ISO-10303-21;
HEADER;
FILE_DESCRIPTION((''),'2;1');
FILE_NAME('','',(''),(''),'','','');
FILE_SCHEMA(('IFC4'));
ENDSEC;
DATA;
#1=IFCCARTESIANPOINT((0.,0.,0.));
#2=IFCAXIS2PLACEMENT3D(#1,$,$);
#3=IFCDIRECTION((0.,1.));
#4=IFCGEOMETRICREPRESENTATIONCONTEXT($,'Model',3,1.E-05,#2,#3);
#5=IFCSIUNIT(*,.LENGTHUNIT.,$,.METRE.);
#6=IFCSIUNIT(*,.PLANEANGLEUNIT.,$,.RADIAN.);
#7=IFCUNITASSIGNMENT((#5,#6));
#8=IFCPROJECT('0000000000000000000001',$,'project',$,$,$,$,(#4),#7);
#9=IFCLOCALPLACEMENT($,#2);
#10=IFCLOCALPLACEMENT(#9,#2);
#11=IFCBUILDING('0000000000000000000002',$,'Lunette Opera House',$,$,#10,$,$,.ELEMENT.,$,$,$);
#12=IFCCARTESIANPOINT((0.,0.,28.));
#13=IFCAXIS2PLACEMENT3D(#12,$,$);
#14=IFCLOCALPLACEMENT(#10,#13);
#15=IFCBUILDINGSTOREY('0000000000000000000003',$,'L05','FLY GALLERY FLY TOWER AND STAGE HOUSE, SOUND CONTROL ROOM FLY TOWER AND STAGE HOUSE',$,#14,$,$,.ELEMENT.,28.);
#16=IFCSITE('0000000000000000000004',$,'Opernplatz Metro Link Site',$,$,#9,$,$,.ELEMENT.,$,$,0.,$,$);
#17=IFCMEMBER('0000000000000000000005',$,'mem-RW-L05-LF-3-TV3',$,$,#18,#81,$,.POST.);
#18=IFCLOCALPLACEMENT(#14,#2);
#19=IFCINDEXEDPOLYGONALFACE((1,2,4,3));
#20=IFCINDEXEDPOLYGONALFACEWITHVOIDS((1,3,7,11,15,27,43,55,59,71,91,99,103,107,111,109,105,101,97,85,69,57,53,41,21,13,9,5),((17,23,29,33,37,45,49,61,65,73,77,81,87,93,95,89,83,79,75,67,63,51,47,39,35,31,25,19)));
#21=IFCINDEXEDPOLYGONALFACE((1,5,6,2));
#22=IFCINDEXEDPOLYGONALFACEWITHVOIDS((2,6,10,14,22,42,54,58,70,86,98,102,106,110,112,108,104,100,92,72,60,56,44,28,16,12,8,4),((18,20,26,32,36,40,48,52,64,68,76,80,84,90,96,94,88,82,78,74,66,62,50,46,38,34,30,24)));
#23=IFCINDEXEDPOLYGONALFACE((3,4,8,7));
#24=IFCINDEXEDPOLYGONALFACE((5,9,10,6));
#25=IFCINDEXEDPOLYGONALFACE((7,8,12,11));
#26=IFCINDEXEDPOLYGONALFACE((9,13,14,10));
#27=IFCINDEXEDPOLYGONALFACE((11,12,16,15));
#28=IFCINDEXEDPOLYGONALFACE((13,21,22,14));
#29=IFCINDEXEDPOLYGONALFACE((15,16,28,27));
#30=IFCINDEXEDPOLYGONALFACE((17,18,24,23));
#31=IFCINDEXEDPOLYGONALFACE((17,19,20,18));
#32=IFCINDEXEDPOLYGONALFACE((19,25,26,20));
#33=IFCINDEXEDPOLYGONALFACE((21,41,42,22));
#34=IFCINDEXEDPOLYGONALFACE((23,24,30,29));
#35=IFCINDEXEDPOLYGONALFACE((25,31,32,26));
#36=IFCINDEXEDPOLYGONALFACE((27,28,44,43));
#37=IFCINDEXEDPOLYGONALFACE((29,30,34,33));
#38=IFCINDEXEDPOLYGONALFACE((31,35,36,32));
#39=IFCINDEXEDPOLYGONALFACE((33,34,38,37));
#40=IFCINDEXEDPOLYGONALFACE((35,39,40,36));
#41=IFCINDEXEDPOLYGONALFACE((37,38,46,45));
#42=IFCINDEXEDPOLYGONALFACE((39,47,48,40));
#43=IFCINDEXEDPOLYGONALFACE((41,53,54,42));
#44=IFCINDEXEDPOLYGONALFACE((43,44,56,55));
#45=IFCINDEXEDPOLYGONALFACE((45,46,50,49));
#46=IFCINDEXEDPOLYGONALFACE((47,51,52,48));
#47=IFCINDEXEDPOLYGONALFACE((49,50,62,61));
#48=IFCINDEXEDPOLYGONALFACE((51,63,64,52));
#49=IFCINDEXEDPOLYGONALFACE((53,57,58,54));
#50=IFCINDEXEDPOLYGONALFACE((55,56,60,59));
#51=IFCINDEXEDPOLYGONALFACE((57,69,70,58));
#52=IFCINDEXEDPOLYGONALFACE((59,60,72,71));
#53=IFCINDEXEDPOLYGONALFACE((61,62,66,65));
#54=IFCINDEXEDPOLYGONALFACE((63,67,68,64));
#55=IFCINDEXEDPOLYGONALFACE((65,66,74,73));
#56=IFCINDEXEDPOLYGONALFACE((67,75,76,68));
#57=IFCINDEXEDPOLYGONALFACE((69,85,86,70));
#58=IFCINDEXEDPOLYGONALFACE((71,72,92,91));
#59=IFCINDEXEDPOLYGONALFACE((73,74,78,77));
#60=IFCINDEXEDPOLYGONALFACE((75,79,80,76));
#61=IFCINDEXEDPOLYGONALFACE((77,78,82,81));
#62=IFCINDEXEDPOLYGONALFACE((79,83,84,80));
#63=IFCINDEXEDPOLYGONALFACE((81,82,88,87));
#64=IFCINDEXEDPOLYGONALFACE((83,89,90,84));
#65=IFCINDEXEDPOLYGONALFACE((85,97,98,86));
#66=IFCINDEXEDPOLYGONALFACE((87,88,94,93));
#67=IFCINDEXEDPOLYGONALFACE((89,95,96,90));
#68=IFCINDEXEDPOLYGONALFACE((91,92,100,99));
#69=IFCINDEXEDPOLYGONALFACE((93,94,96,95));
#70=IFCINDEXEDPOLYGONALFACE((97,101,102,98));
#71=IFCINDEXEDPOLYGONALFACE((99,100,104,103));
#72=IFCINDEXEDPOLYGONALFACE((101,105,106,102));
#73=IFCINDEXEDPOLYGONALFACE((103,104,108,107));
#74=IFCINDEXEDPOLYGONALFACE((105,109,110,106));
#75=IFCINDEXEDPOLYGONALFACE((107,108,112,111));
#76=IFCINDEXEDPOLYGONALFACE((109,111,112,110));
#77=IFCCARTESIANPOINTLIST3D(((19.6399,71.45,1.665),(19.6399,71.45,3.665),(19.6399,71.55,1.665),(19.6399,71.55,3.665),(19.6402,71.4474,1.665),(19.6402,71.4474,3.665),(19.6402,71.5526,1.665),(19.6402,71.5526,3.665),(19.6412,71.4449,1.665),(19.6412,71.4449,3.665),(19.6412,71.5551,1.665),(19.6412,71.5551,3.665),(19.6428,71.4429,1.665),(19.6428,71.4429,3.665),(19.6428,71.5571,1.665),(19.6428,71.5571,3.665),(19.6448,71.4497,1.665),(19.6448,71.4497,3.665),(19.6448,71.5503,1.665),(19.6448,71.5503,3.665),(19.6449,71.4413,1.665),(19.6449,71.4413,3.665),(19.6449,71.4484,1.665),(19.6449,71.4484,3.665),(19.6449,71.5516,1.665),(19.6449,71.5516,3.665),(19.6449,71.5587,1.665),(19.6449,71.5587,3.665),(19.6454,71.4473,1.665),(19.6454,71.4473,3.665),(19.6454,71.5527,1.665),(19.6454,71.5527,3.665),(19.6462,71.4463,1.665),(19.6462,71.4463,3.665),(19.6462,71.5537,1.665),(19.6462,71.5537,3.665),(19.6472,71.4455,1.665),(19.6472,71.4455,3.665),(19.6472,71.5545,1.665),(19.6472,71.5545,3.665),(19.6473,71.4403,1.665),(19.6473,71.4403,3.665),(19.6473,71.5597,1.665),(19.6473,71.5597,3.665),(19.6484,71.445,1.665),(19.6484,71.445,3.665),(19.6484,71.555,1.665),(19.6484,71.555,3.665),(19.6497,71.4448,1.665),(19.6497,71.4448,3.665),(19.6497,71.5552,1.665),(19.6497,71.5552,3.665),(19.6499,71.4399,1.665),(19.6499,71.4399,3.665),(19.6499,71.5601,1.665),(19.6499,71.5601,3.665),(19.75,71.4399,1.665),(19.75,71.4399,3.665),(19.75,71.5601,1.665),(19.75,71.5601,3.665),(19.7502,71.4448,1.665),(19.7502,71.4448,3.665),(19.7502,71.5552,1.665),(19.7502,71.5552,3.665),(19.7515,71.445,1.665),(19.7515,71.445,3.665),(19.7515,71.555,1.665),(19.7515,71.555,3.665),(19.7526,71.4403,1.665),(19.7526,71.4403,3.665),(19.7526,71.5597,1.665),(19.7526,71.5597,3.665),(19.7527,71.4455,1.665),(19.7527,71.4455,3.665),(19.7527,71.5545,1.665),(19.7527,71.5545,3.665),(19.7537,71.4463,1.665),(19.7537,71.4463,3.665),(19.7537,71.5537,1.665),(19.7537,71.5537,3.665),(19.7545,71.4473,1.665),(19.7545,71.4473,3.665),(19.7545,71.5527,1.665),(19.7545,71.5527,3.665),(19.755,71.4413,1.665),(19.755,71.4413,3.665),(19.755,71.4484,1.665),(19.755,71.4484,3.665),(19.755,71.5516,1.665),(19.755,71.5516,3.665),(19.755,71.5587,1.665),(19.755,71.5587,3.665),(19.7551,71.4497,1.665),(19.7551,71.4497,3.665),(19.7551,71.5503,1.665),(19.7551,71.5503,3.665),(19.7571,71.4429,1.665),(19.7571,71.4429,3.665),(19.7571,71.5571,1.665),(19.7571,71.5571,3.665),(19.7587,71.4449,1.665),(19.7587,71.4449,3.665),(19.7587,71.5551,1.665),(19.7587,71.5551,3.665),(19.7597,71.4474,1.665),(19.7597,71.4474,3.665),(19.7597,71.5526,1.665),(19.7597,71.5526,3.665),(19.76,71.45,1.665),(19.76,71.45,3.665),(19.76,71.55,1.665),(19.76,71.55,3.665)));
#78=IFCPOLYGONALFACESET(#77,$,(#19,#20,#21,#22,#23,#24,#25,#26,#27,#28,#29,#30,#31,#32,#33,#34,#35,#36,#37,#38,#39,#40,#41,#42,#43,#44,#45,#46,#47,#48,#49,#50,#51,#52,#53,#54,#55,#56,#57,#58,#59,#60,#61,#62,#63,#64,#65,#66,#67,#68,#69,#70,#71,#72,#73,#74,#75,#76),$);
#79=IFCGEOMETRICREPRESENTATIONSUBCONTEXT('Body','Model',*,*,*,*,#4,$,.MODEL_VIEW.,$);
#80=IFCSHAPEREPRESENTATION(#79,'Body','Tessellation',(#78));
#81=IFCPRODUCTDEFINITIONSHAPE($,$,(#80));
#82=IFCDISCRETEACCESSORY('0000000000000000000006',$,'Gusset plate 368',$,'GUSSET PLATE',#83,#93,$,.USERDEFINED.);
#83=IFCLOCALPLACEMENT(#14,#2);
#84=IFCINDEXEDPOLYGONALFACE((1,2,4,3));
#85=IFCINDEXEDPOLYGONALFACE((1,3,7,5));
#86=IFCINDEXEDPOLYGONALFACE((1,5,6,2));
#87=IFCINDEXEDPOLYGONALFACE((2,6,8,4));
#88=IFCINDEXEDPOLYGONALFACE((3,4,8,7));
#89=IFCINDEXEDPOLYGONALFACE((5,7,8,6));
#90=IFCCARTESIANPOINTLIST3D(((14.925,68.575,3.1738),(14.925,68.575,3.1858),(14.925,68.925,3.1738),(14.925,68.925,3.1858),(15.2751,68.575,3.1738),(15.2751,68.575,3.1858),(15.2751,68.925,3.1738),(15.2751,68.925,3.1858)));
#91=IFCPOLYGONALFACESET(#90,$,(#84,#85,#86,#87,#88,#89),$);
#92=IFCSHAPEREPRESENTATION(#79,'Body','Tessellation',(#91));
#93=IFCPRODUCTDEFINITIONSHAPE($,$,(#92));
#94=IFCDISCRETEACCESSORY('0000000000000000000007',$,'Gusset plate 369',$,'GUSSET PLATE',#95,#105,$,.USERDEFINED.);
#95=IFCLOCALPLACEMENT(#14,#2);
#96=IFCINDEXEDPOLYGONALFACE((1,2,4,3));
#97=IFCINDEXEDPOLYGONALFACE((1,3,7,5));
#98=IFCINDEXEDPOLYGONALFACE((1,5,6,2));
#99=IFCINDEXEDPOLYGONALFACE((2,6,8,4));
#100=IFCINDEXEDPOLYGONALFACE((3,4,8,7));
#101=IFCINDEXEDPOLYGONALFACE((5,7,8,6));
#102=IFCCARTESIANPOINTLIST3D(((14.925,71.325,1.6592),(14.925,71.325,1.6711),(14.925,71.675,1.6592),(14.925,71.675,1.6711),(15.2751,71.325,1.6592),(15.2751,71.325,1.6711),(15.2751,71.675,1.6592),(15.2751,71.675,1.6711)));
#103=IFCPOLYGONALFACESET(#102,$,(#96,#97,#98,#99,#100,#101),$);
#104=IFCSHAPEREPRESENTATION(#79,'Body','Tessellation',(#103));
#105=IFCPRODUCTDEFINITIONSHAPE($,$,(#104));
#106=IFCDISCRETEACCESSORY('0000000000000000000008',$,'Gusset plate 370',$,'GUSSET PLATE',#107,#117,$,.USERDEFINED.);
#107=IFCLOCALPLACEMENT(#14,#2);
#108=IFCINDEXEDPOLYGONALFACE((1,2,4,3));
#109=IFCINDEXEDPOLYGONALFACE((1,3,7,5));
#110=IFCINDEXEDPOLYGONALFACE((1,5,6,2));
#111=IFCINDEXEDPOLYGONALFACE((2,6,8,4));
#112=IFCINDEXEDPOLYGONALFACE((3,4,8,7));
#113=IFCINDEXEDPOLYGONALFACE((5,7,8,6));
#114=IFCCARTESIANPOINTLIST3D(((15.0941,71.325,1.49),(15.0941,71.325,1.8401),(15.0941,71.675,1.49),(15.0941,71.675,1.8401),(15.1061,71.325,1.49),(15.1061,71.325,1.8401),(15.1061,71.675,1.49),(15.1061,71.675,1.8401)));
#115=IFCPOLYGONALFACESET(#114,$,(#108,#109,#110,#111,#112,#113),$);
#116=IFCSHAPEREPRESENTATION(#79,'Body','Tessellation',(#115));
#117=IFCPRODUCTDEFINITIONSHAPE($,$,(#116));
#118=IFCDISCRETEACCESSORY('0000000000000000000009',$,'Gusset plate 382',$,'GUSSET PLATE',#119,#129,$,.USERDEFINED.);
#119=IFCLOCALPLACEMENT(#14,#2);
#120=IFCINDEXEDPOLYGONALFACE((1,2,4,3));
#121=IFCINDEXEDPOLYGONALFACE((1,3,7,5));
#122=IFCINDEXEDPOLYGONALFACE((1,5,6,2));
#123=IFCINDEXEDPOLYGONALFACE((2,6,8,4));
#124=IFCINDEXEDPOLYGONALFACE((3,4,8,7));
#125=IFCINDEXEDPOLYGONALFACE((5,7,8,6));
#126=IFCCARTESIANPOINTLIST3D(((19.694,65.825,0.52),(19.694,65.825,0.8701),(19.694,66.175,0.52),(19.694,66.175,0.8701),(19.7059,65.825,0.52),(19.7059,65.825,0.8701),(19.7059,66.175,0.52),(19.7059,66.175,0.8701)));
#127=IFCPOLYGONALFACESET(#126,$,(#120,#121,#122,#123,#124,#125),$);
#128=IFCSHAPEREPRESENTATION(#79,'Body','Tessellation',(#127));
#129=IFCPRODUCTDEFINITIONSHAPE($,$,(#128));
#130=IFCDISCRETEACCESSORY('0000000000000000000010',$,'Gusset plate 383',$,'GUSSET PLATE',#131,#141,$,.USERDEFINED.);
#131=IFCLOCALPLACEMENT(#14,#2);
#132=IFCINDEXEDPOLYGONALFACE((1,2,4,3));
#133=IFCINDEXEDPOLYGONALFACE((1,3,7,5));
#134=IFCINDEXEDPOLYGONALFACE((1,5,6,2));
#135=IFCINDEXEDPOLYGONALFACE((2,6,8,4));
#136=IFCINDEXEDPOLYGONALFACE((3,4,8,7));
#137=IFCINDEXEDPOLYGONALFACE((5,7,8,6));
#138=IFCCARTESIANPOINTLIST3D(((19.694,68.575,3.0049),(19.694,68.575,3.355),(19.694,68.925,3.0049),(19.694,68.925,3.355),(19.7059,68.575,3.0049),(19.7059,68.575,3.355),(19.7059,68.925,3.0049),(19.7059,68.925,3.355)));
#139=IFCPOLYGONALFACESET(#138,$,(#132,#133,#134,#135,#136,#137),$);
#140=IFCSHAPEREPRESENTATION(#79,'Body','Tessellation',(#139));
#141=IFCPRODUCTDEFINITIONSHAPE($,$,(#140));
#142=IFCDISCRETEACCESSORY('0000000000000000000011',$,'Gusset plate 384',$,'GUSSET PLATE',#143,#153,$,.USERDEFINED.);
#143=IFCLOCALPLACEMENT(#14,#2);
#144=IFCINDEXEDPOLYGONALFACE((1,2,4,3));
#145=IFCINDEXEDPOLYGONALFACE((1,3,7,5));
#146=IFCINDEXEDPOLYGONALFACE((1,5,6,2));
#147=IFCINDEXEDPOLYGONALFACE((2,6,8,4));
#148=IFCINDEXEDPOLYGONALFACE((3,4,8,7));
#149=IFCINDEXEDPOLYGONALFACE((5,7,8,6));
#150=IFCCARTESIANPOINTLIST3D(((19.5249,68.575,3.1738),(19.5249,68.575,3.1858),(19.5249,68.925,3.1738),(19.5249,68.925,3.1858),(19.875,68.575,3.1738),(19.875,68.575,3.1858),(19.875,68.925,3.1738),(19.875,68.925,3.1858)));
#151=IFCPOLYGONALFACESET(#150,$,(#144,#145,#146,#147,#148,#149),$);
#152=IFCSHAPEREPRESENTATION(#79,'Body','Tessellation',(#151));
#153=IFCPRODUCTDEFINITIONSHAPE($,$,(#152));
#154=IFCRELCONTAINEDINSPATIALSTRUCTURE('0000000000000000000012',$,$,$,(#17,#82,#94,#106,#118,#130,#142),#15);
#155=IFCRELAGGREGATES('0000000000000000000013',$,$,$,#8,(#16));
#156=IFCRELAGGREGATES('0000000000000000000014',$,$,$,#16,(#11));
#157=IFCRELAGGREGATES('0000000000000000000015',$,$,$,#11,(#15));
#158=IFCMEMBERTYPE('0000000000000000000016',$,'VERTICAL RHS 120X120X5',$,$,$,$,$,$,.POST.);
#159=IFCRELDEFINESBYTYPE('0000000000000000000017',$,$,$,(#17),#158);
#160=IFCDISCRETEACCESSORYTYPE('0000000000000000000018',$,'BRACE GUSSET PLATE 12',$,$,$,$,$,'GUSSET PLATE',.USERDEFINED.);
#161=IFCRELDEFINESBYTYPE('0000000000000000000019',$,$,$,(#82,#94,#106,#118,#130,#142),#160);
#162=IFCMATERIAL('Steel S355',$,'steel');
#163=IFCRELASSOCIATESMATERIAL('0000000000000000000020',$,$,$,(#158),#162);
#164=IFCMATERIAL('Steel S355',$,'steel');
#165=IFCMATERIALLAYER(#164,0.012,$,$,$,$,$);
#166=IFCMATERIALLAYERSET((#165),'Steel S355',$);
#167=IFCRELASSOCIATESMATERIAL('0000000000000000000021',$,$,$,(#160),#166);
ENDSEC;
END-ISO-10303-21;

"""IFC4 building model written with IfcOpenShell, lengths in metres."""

from ifc_helpers import new_model, si_unit, direction, frame, origin, origin_2d, place, context, subcontext, project, spatial, rectangle, hollow_rectangle, extrude, material, layer, layer_set, material_profile, profile_set, type_object, element, save


model = new_model("IFC4")

# Units and contexts
model_context = context("Model", 3, precision=1e-05, world=origin(), true_north=direction((0.0, 1.0)))
body_context = subcontext(model_context, "Body", "Model", "MODEL_VIEW")
ifc_project = project(units=[si_unit("LENGTHUNIT", "METRE"), si_unit("PLANEANGLEUNIT", "RADIAN")], contexts=[model_context])

# Site, building, storey
site_placement = place(None, origin())
site = spatial("IfcSite", under=ifc_project, at=site_placement, Name="Opernplatz Metro Link Site", CompositionType="ELEMENT", RefElevation=0.0)
building_placement = place(site_placement, origin())
building = spatial("IfcBuilding", under=site, at=building_placement, Name="Lunette Opera House", CompositionType="ELEMENT")
storey_placement = place(building_placement, frame((0.0, 0.0, 28.0)))
storey = spatial("IfcBuildingStorey", under=building, at=storey_placement, Name="L05", Description="FLY GALLERY FLY TOWER AND STAGE HOUSE, SOUND CONTROL ROOM FLY TOWER AND STAGE HOUSE", CompositionType="ELEMENT", Elevation=28.0)

# Member
ifc_material_1 = material(Name="Steel S355", Category="steel")
ifc_material_profile_1 = material_profile(ifc_material_1, hollow_rectangle(XDim=0.1201, YDim=0.1201, WallThickness=0.0049, InnerFilletRadius=0.0049, OuterFilletRadius=0.01, at=origin_2d()), Name="RHS 120X120X5")
ifc_profile_set_1 = profile_set([ifc_material_profile_1], Name="Steel S355")
member_type_1 = type_object("IfcMemberType", Name="VERTICAL RHS 120X120X5", PredefinedType="POST", material=ifc_profile_set_1)
for number, where, z_axis, x_axis, name in (
    (1, (19.7, 71.5, 1.665), (0.0, 0.0, 1.0), (1.0, 0.0, 0.0), "mem-RW-L05-LF-3-TV3"),
):
    element("IfcMember", number, at=place(storey_placement, frame(where, z_axis=z_axis, x_axis=x_axis)), inside=storey, type_object=member_type_1, Name=name, PredefinedType="POST", context=body_context, shape_type="SweptSolid", body=[
        extrude(hollow_rectangle(XDim=0.1201, YDim=0.1201, WallThickness=0.0049, InnerFilletRadius=0.0049, OuterFilletRadius=0.01, at=origin_2d()), origin(), (0.0, 0.0, 1.0), 2.0),
    ])

# Discrete accessories
ifc_material_2 = material(Name="Steel S355", Category="steel")
ifc_layer = layer(ifc_material_2, 0.012)
ifc_layer_set = layer_set([ifc_layer], Name="Steel S355")
discrete_accessory_type = type_object("IfcDiscreteAccessoryType", Name="BRACE GUSSET PLATE 12", ElementType="GUSSET PLATE", PredefinedType="USERDEFINED", material=ifc_layer_set)
for number, where, z_axis, x_axis, name in (
    (2, (15.1001, 68.75, 3.1738), (0.0, 0.0, 1.0), (0.0, 1.0, 0.0), "Gusset plate 368"),
    (3, (15.1001, 71.5, 1.6592), (0.0, 0.0, 1.0), (0.0, 1.0, 0.0), "Gusset plate 369"),
):
    element("IfcDiscreteAccessory", number, at=place(storey_placement, frame(where, z_axis=z_axis, x_axis=x_axis)), inside=storey, type_object=discrete_accessory_type, Name=name, ObjectType="GUSSET PLATE", PredefinedType="USERDEFINED", context=body_context, shape_type="SweptSolid", body=[
        extrude(rectangle(XDim=0.3501, YDim=0.3501, at=origin_2d()), origin(), (0.0, 0.0, 1.0), 0.012),
    ])
for number, where, z_axis, x_axis, name in (
    (4, (15.1001, 71.5, 1.49), (0.0, 0.0, 1.0), (0.0, 1.0, 0.0), "Gusset plate 370"),
    (5, (19.7, 66.0, 0.52), (0.0, 0.0, 1.0), (0.0, 1.0, 0.0), "Gusset plate 382"),
    (6, (19.7, 68.75, 3.0049), (0.0, 0.0, 1.0), (0.0, 1.0, 0.0), "Gusset plate 383"),
):
    element("IfcDiscreteAccessory", number, at=place(storey_placement, frame(where, z_axis=z_axis, x_axis=x_axis)), inside=storey, type_object=discrete_accessory_type, Name=name, ObjectType="GUSSET PLATE", PredefinedType="USERDEFINED", context=body_context, shape_type="SweptSolid", body=[
        extrude(rectangle(XDim=0.3501, YDim=0.012, at=origin_2d()), origin(), (0.0, 0.0, 1.0), 0.3501),
    ])
discrete_accessory_placement = place(storey_placement, frame((19.7, 68.75, 3.1738), z_axis=(0.0, 0.0, 1.0), x_axis=(0.0, 1.0, 0.0)))
element("IfcDiscreteAccessory", 7, at=discrete_accessory_placement, inside=storey, type_object=discrete_accessory_type, Name="Gusset plate 384", ObjectType="GUSSET PLATE", PredefinedType="USERDEFINED", context=body_context, shape_type="SweptSolid", body=[
    extrude(rectangle(XDim=0.3501, YDim=0.3501, at=origin_2d()), origin(), (0.0, 0.0, 1.0), 0.012),
])

save(model, "model.ifc")
